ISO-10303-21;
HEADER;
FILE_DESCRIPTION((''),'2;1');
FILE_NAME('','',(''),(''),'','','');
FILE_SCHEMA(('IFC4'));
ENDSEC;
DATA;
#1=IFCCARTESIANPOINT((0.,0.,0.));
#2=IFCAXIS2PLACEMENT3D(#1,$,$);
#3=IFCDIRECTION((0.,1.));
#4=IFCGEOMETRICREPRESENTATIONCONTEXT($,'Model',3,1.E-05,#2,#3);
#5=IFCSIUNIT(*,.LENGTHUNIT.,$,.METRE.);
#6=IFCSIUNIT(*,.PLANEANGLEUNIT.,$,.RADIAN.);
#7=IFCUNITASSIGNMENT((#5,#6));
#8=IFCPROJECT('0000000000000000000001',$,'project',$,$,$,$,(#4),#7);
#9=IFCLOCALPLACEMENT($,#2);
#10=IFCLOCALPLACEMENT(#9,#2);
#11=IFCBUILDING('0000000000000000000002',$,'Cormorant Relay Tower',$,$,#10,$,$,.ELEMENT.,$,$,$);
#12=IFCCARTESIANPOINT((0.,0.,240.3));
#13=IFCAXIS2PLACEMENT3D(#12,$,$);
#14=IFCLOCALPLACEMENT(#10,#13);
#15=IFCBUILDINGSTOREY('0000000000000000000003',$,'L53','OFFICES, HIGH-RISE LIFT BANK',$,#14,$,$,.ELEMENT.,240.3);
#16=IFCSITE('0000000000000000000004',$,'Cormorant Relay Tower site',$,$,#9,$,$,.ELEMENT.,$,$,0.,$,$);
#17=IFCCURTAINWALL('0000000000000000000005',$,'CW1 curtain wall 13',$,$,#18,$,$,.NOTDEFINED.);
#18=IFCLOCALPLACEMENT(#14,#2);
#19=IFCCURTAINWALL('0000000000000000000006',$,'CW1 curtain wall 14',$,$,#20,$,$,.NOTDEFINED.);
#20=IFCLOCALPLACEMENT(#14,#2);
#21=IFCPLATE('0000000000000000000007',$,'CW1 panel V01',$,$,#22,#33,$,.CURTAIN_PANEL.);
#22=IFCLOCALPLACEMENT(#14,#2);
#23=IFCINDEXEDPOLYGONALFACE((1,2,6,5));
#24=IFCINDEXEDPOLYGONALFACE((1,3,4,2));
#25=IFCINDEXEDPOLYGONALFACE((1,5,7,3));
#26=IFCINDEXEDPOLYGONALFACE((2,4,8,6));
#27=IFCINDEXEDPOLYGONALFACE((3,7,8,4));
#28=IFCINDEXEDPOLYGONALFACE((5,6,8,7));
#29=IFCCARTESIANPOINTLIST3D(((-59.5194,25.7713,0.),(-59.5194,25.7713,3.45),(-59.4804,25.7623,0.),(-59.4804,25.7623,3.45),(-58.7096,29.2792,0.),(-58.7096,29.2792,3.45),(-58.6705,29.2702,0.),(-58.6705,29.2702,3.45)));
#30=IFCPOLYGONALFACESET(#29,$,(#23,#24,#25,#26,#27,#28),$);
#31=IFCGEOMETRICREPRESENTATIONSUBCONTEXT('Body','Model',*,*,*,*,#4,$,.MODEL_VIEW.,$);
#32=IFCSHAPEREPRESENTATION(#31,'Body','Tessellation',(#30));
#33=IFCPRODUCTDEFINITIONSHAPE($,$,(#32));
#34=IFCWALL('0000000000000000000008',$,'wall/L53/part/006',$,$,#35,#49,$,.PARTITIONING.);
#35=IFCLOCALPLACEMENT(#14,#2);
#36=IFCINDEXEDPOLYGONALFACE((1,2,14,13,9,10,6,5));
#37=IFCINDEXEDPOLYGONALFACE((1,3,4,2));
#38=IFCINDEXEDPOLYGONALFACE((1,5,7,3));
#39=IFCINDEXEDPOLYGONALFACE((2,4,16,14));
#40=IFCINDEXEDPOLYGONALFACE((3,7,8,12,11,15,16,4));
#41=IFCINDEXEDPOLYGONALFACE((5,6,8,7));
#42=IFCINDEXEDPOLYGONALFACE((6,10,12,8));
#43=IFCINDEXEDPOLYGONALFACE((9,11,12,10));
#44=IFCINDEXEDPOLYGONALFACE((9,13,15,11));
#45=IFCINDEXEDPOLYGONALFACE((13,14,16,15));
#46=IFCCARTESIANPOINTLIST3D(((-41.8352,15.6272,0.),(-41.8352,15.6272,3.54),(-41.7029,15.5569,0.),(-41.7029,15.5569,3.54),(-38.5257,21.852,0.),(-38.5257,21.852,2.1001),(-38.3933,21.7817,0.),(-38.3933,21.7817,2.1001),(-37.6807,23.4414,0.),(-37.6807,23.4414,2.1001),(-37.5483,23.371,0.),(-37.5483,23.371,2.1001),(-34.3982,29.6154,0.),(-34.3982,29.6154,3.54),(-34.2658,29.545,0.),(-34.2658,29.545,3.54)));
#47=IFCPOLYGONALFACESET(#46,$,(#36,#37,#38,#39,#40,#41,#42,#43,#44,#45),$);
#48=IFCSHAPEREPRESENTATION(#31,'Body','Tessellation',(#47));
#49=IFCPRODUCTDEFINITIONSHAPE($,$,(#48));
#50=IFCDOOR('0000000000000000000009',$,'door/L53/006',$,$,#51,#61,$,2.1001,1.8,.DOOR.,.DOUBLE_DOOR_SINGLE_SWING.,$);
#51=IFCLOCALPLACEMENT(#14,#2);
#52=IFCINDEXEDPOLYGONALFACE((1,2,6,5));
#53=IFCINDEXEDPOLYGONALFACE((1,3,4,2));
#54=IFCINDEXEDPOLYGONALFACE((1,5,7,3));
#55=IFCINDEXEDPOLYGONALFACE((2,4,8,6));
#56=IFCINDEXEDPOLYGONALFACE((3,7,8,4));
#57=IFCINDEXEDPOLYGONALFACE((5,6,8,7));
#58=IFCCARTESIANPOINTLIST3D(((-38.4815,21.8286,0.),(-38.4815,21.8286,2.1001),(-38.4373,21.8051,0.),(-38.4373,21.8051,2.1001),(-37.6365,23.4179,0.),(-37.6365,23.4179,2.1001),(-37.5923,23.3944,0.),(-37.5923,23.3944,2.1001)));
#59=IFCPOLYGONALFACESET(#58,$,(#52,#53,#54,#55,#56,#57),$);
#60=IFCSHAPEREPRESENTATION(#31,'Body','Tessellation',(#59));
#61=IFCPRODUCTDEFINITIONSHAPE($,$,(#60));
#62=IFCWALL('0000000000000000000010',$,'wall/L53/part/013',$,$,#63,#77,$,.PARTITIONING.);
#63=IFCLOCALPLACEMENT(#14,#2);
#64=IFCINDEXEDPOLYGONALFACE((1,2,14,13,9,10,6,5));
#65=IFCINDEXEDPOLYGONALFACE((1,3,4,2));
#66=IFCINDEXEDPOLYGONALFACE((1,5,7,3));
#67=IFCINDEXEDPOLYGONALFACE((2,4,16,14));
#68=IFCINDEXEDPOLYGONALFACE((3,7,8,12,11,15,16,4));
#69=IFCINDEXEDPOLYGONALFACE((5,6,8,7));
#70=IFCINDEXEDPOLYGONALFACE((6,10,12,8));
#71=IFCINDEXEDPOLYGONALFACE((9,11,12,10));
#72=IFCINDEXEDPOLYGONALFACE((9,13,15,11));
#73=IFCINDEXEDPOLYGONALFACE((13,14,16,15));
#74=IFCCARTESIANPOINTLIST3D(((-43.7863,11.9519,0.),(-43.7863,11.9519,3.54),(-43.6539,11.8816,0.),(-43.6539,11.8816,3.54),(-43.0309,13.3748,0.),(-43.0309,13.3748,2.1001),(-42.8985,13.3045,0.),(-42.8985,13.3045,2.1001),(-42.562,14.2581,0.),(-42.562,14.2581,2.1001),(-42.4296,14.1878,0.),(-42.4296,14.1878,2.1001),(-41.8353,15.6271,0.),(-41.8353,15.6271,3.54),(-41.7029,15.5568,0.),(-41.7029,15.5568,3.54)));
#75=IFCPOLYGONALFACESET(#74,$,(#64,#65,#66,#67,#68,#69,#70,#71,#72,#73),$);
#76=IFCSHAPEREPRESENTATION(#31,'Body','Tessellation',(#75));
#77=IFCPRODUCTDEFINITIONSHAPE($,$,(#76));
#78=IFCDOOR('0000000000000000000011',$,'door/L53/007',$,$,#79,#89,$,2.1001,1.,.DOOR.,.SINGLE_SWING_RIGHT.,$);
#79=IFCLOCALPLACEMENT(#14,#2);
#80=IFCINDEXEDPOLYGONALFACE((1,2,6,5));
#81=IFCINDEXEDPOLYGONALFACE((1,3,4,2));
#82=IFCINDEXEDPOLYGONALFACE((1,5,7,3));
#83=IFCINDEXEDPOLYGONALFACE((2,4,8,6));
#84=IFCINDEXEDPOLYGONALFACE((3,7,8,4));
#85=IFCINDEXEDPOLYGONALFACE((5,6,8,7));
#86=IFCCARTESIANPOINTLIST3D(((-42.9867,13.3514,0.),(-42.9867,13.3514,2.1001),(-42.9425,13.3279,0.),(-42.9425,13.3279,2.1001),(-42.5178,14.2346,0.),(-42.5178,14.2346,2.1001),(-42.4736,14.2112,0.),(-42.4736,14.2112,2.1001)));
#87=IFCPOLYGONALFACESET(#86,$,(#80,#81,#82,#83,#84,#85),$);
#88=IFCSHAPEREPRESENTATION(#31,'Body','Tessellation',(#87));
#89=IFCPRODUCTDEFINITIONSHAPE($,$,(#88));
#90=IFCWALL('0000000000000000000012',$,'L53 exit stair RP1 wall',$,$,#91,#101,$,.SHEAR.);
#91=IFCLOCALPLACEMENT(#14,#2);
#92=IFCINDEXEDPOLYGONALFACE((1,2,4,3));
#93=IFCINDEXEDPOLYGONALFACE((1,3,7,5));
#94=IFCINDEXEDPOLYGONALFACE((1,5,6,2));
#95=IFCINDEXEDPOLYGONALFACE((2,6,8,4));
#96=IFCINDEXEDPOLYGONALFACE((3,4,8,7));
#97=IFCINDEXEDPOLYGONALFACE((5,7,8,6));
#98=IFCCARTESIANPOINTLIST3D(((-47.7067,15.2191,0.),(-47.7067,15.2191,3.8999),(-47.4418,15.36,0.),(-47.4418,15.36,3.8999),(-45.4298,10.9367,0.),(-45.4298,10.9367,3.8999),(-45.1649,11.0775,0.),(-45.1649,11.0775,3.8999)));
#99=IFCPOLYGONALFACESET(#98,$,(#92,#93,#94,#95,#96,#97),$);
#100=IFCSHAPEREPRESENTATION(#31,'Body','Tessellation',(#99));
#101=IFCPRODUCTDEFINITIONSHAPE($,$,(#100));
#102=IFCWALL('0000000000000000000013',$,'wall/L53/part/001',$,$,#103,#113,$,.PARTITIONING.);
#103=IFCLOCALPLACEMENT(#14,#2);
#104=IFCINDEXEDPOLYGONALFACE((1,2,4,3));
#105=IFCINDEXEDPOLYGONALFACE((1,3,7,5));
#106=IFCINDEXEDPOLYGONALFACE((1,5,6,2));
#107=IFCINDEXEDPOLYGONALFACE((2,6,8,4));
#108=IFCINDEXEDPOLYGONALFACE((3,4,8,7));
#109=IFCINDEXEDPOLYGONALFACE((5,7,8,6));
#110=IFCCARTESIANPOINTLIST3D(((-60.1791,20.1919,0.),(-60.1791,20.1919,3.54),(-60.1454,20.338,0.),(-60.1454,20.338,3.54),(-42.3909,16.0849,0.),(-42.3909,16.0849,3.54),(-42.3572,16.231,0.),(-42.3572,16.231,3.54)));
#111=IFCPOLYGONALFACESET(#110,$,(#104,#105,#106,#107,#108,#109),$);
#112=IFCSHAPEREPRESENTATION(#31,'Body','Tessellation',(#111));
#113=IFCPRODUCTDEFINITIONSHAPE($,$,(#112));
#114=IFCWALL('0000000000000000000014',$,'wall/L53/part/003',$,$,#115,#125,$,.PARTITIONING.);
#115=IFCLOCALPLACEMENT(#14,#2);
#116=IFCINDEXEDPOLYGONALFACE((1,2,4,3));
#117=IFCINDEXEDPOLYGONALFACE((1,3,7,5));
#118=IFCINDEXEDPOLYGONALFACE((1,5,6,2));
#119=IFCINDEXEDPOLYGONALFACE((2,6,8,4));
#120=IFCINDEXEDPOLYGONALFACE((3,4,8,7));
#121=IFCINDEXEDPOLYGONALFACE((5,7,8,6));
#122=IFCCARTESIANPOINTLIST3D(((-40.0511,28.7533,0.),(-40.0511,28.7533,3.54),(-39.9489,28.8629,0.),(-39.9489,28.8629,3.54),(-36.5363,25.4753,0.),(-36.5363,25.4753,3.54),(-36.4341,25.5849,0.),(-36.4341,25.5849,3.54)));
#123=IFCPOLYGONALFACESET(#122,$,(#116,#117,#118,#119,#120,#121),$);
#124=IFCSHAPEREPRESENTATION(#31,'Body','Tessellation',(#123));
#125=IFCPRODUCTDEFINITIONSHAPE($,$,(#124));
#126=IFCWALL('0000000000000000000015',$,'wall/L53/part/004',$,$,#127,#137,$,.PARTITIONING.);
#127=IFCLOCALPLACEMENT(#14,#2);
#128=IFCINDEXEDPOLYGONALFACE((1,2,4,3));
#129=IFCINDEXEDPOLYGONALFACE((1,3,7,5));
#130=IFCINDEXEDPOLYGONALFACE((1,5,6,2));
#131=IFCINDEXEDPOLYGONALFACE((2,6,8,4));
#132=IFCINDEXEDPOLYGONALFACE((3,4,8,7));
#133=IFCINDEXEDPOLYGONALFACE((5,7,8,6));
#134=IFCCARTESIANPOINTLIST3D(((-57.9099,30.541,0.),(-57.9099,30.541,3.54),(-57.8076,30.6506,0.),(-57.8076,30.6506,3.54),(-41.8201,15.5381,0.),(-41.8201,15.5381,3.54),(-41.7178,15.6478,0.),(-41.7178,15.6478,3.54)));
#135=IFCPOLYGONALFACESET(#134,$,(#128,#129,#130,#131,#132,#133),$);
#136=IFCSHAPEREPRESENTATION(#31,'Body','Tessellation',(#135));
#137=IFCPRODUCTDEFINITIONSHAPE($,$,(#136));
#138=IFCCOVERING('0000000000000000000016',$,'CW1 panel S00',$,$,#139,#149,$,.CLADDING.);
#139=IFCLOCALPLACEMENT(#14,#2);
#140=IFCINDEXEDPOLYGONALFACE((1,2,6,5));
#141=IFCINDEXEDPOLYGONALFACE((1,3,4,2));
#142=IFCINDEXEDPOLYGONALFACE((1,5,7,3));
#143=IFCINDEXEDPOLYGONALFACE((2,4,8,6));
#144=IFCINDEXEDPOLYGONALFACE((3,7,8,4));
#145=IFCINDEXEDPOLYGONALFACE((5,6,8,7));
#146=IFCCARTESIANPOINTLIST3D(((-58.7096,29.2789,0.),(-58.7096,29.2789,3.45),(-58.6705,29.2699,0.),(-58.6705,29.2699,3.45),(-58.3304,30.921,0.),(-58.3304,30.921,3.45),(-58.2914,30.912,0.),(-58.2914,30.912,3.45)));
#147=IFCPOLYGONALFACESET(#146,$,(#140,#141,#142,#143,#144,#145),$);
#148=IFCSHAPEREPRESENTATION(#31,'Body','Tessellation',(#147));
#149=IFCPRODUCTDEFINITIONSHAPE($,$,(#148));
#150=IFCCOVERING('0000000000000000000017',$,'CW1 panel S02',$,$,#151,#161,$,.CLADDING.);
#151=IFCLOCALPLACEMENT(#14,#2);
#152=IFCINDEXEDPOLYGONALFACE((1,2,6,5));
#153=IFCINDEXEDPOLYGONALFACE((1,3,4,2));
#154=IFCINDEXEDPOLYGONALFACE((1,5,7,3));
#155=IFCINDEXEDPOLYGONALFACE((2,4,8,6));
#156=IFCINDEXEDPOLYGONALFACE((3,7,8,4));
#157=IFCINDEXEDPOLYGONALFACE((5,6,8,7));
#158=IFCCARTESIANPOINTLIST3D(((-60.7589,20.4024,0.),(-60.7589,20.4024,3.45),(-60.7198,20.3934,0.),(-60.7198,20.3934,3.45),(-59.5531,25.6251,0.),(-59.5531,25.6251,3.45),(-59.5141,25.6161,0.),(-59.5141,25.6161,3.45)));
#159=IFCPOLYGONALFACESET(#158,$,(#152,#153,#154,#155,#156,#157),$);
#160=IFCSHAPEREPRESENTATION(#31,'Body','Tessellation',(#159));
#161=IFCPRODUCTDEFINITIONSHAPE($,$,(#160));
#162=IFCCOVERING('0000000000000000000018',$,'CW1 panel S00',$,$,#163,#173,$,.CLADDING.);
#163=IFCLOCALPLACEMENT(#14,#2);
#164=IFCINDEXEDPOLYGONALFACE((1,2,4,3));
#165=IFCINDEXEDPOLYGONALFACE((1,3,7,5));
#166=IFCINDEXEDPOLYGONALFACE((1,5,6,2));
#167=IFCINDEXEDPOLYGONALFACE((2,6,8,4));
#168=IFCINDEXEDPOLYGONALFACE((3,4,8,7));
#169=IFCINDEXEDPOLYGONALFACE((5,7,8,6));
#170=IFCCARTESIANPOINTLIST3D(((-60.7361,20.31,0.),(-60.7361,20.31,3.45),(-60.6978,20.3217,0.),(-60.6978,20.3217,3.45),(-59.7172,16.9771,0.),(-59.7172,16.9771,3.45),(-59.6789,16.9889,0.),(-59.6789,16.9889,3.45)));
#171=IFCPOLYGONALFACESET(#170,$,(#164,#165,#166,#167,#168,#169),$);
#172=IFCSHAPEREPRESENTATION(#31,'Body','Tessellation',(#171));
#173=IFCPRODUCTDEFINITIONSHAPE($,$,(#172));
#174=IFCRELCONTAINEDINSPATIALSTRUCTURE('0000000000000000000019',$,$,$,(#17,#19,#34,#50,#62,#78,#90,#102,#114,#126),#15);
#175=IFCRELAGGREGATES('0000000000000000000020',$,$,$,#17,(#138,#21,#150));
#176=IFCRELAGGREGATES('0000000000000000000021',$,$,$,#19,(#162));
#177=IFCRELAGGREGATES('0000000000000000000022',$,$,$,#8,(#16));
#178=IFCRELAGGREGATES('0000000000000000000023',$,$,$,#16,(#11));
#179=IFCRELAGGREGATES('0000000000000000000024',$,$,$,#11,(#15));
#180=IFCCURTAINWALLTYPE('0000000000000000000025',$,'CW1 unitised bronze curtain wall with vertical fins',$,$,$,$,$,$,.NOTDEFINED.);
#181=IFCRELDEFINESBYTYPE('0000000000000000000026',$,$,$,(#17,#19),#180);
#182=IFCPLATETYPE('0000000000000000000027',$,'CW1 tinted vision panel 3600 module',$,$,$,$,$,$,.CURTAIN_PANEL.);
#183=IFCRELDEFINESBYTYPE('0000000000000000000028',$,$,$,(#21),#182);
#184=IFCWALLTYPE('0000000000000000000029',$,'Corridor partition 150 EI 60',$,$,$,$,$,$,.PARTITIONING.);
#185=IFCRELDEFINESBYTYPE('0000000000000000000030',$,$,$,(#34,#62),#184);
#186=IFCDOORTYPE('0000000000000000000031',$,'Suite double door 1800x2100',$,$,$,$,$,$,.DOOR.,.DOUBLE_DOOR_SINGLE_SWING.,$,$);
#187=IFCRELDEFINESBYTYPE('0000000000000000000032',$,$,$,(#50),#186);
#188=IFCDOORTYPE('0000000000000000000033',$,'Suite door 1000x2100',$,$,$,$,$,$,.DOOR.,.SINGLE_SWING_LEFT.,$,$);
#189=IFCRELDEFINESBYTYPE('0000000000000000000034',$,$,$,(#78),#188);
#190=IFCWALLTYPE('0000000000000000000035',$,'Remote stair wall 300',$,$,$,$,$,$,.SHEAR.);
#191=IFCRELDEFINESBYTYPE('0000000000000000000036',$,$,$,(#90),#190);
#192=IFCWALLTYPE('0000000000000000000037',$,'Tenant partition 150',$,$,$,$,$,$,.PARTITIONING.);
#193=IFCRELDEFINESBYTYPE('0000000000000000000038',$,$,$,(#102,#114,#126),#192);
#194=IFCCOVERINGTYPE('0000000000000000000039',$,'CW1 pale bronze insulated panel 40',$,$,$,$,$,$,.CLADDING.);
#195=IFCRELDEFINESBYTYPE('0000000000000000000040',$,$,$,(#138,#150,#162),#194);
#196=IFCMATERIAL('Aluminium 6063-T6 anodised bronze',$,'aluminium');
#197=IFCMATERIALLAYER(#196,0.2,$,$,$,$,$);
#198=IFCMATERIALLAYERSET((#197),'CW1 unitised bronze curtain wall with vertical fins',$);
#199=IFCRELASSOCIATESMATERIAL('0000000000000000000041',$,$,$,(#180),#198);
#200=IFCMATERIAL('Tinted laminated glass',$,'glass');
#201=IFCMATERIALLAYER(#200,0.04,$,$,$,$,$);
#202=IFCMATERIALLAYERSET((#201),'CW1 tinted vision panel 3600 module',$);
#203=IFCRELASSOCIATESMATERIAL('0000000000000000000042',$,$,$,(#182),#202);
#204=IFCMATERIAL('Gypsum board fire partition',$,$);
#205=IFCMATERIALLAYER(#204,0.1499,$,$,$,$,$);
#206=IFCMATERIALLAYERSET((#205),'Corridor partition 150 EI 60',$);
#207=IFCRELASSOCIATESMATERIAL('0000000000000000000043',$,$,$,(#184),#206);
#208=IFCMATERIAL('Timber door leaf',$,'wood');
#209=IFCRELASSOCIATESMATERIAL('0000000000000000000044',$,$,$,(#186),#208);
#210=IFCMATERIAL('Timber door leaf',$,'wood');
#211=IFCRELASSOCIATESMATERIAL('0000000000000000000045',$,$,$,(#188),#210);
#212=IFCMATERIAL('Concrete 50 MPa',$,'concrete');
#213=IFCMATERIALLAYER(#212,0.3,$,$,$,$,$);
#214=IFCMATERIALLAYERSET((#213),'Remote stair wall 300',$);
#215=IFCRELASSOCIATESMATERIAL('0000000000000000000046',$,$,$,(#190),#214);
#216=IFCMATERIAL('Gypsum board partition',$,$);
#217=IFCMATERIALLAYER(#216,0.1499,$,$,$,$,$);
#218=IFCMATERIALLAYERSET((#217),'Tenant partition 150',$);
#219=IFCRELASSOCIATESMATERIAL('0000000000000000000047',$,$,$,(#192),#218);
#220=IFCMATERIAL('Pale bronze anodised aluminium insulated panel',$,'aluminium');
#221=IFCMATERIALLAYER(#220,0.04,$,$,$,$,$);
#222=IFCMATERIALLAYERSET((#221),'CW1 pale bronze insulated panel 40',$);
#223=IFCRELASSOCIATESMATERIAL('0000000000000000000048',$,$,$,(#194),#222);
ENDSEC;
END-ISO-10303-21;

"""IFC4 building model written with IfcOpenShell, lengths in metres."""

from ifc_helpers import new_model, si_unit, direction, frame, frame_2d, origin, origin_2d, place, context, subcontext, project, spatial, rectangle, extrude, material, layer, layer_set, type_object, element, fill, aggregate, save


model = new_model("IFC4")

# Units and contexts
model_context = context("Model", 3, precision=1e-05, world=origin(), true_north=direction((0.0, 1.0)))
body_context = subcontext(model_context, "Body", "Model", "MODEL_VIEW")
ifc_project = project(units=[si_unit("LENGTHUNIT", "METRE"), si_unit("PLANEANGLEUNIT", "RADIAN")], contexts=[model_context])

# Site, building, storey
site_placement = place(None, origin())
site = spatial("IfcSite", under=ifc_project, at=site_placement, Name="Cormorant Relay Tower site", CompositionType="ELEMENT", RefElevation=0.0)
building_placement = place(site_placement, origin())
building = spatial("IfcBuilding", under=site, at=building_placement, Name="Cormorant Relay Tower", CompositionType="ELEMENT")
storey_placement = place(building_placement, frame((0.0, 0.0, 240.3)))
storey = spatial("IfcBuildingStorey", under=building, at=storey_placement, Name="L53", Description="OFFICES, HIGH-RISE LIFT BANK", CompositionType="ELEMENT", Elevation=240.3)

# Curtain wall
ifc_material_1 = material(Name="Aluminium 6063-T6 anodised bronze", Category="aluminium")
ifc_layer_1 = layer(ifc_material_1, 0.2)
ifc_layer_set_1 = layer_set([ifc_layer_1], Name="CW1 unitised bronze curtain wall with vertical fins")
curtain_wall_type = type_object("IfcCurtainWallType", Name="CW1 unitised bronze curtain wall with vertical fins", PredefinedType="NOTDEFINED", material=ifc_layer_set_1)
curtain_wall_1_placement = place(storey_placement, origin())
curtain_wall_1 = element("IfcCurtainWall", 1, at=curtain_wall_1_placement, inside=storey, type_object=curtain_wall_type, Name="CW1 curtain wall 13", PredefinedType="NOTDEFINED")

# Curtain wall
curtain_wall_2_placement = place(storey_placement, origin())
curtain_wall_2 = element("IfcCurtainWall", 2, at=curtain_wall_2_placement, inside=storey, type_object=curtain_wall_type, Name="CW1 curtain wall 14", PredefinedType="NOTDEFINED")

# Plate
ifc_material_2 = material(Name="Tinted laminated glass", Category="glass")
ifc_layer_2 = layer(ifc_material_2, 0.04)
ifc_layer_set_2 = layer_set([ifc_layer_2], Name="CW1 tinted vision panel 3600 module")
plate_type_1 = type_object("IfcPlateType", Name="CW1 tinted vision panel 3600 module", PredefinedType="CURTAIN_PANEL", material=ifc_layer_set_2)
plate_1_placement = place(storey_placement, frame((-59.095, 27.5208, 0.0), z_axis=(0.0, 0.0, 1.0), x_axis=(-0.224951, -0.97437, 0.0)))
plate_1 = element("IfcPlate", 3, at=plate_1_placement, type_object=plate_type_1, Name="CW1 panel V01", PredefinedType="CURTAIN_PANEL", context=body_context, shape_type="SweptSolid", body=[
    extrude(rectangle(XDim=3.6001, YDim=0.04, at=origin_2d()), origin(), (0.0, 0.0, 1.0), 3.45),
])

# Walls, openings, doors
ifc_material_3 = material(Name="Gypsum board fire partition")
ifc_layer_3 = layer(ifc_material_3, 0.1499)
ifc_layer_set_3 = layer_set([ifc_layer_3], Name="Corridor partition 150 EI 60")
wall_type_1 = type_object("IfcWallType", Name="Corridor partition 150 EI 60", PredefinedType="PARTITIONING", material=ifc_layer_set_3)
wall_1_placement = place(storey_placement, frame((-41.769, 15.592, 0.0), z_axis=(0.0, 0.0, 1.0), x_axis=(0.469444, 0.882962, 0.0)))
wall_1 = element("IfcWall", 4, at=wall_1_placement, inside=storey, type_object=wall_type_1, Name="wall/L53/part/006", PredefinedType="PARTITIONING", context=body_context, shape_type="SweptSolid", body=[
    extrude(rectangle(XDim=15.8423, YDim=0.1499, at=frame_2d((7.9211, 0.0))), origin(), (0.0, 0.0, 1.0), 3.54),
])
opening_1_placement = place(wall_1_placement, frame((7.05, 0.0, 0.0)))
opening_1 = element("IfcOpeningElement", 5, at=opening_1_placement, cuts=wall_1, PredefinedType="OPENING", context=body_context, shape_type="SweptSolid", body=[
    extrude(rectangle(XDim=1.8, YDim=2.1001, at=frame_2d((0.8999, 1.05))), frame((0.0, 0.085, 0.0), z_axis=(0.0, -1.0, 0.0), x_axis=(1.0, 0.0, 0.0)), (0.0, 0.0, 1.0), 0.1699),
])
ifc_material_4 = material(Name="Timber door leaf", Category="wood")
door_type_1 = type_object("IfcDoorType", Name="Suite double door 1800x2100", OperationType="DOUBLE_DOOR_SINGLE_SWING", PredefinedType="DOOR", material=ifc_material_4)
door_1_placement = place(opening_1_placement, origin())
door_1 = element("IfcDoor", 6, at=door_1_placement, inside=storey, type_object=door_type_1, Name="door/L53/006", OperationType="DOUBLE_DOOR_SINGLE_SWING", OverallHeight=2.1001, OverallWidth=1.8, PredefinedType="DOOR", context=body_context, shape_type="SweptSolid", body=[
    extrude(rectangle(XDim=1.8, YDim=2.1001, at=frame_2d((0.8999, 1.05))), frame((0.0, 0.0249, 0.0), z_axis=(0.0, -1.0, 0.0), x_axis=(1.0, 0.0, 0.0)), (0.0, 0.0, 1.0), 0.05),
])
fill(opening_1, door_1)
wall_2_placement = place(storey_placement, frame((-41.769, 15.592, 0.0), z_axis=(0.0, 0.0, 1.0), x_axis=(-0.468885, -0.883259, 0.0)))
wall_2 = element("IfcWall", 7, at=wall_2_placement, inside=storey, type_object=wall_type_1, Name="wall/L53/part/013", PredefinedType="PARTITIONING", context=body_context, shape_type="SweptSolid", body=[
    extrude(rectangle(XDim=4.1609, YDim=0.1499, at=frame_2d((2.0806, 0.0))), origin(), (0.0, 0.0, 1.0), 3.54),
])
opening_2_placement = place(wall_2_placement, frame((1.55, 0.0, 0.0)))
opening_2 = element("IfcOpeningElement", 8, at=opening_2_placement, cuts=wall_2, PredefinedType="OPENING", context=body_context, shape_type="SweptSolid", body=[
    extrude(rectangle(XDim=1.0, YDim=2.1001, at=frame_2d((0.5, 1.05))), frame((0.0, 0.085, 0.0), z_axis=(0.0, -1.0, 0.0), x_axis=(1.0, 0.0, 0.0)), (0.0, 0.0, 1.0), 0.1699),
])
ifc_material_5 = material(Name="Timber door leaf", Category="wood")
door_type_2 = type_object("IfcDoorType", Name="Suite door 1000x2100", OperationType="SINGLE_SWING_LEFT", PredefinedType="DOOR", material=ifc_material_5)
door_2_placement = place(opening_2_placement, frame((1.0, 0.0, 0.0), z_axis=(0.0, 0.0, 1.0), x_axis=(-1.0, 0.0, 0.0)))
door_2 = element("IfcDoor", 9, at=door_2_placement, inside=storey, type_object=door_type_2, Name="door/L53/007", OperationType="SINGLE_SWING_RIGHT", OverallHeight=2.1001, OverallWidth=1.0, PredefinedType="DOOR", context=body_context, shape_type="SweptSolid", body=[
    extrude(rectangle(XDim=1.0, YDim=2.1001, at=frame_2d((0.5, 1.05))), frame((0.0, 0.0249, 0.0), z_axis=(0.0, -1.0, 0.0), x_axis=(1.0, 0.0, 0.0)), (0.0, 0.0, 1.0), 0.05),
])
fill(opening_2, door_2)

# Walls
ifc_material_6 = material(Name="Concrete 50 MPa", Category="concrete")
ifc_layer_4 = layer(ifc_material_6, 0.3)
ifc_layer_set_4 = layer_set([ifc_layer_4], Name="Remote stair wall 300")
wall_type_2 = type_object("IfcWallType", Name="Remote stair wall 300", PredefinedType="SHEAR", material=ifc_layer_set_4)
wall_3_placement = place(storey_placement, frame((-47.5742, 15.2896, 0.0), z_axis=(0.0, 0.0, 1.0), x_axis=(0.469443, -0.882963, 0.0)))
element("IfcWall", 10, at=wall_3_placement, inside=storey, type_object=wall_type_2, Name="L53 exit stair RP1 wall", PredefinedType="SHEAR", context=body_context, shape_type="SweptSolid", body=[
    extrude(rectangle(XDim=4.8501, YDim=0.3, at=frame_2d((2.425, 0.0))), origin(), (0.0, 0.0, 1.0), 3.8999),
])
ifc_material_7 = material(Name="Gypsum board partition")
ifc_layer_5 = layer(ifc_material_7, 0.1499)
ifc_layer_set_5 = layer_set([ifc_layer_5], Name="Tenant partition 150")
wall_type_3 = type_object("IfcWallType", Name="Tenant partition 150", PredefinedType="PARTITIONING", material=ifc_layer_set_5)
wall_4_placement = place(storey_placement, frame((-60.1621, 20.2649, 0.0), z_axis=(0.0, 0.0, 1.0), x_axis=(0.974367, -0.224963, 0.0)))
element("IfcWall", 11, at=wall_4_placement, inside=storey, type_object=wall_type_3, Name="wall/L53/part/001", PredefinedType="PARTITIONING", context=body_context, shape_type="SweptSolid", body=[
    extrude(rectangle(XDim=18.2561, YDim=0.1499, at=frame_2d((9.1279, 0.0))), origin(), (0.0, 0.0, 1.0), 3.54),
])
wall_5_placement = place(storey_placement, frame((-40.0, 28.8081, 0.0), z_axis=(0.0, 0.0, 1.0), x_axis=(0.731314, -0.682041, 0.0)))
element("IfcWall", 12, at=wall_5_placement, inside=storey, type_object=wall_type_3, Name="wall/L53/part/003", PredefinedType="PARTITIONING", context=body_context, shape_type="SweptSolid", body=[
    extrude(rectangle(XDim=4.8062, YDim=0.1499, at=frame_2d((2.4031, 0.0))), origin(), (0.0, 0.0, 1.0), 3.54),
])
wall_6_placement = place(storey_placement, frame((-41.769, 15.593, 0.0), z_axis=(0.0, 0.0, 1.0), x_axis=(-0.731378, 0.681972, 0.0)))
element("IfcWall", 13, at=wall_6_placement, inside=storey, type_object=wall_type_3, Name="wall/L53/part/004", PredefinedType="PARTITIONING", context=body_context, shape_type="SweptSolid", body=[
    extrude(rectangle(XDim=21.9993, YDim=0.1499, at=frame_2d((10.9995, 0.0))), origin(), (0.0, 0.0, 1.0), 3.54),
])

# Coverings
ifc_material_8 = material(Name="Pale bronze anodised aluminium insulated panel", Category="aluminium")
ifc_layer_6 = layer(ifc_material_8, 0.04)
ifc_layer_set_6 = layer_set([ifc_layer_6], Name="CW1 pale bronze insulated panel 40")
covering_type = type_object("IfcCoveringType", Name="CW1 pale bronze insulated panel 40", PredefinedType="CLADDING", material=ifc_layer_set_6)
covering_1_placement = place(storey_placement, frame((-58.5005, 30.0955, 0.0), z_axis=(0.0, 0.0, 1.0), x_axis=(-0.224951, -0.97437, 0.0)))
covering_1 = element("IfcCovering", 14, at=covering_1_placement, type_object=covering_type, Name="CW1 panel S00", PredefinedType="CLADDING", context=body_context, shape_type="SweptSolid", body=[
    extrude(rectangle(XDim=1.6853, YDim=0.04, at=origin_2d()), origin(), (0.0, 0.0, 1.0), 3.45),
])
covering_2_placement = place(storey_placement, frame((-60.1365, 23.0093, 0.0), z_axis=(0.0, 0.0, 1.0), x_axis=(-0.224951, -0.97437, 0.0)))
covering_2 = element("IfcCovering", 15, at=covering_2_placement, type_object=covering_type, Name="CW1 panel S02", PredefinedType="CLADDING", context=body_context, shape_type="SweptSolid", body=[
    extrude(rectangle(XDim=5.3601, YDim=0.04, at=origin_2d()), origin(), (0.0, 0.0, 1.0), 3.45),
])
aggregate(curtain_wall_1, [covering_1, plate_1, covering_2])
covering_3_placement = place(storey_placement, frame((-60.2075, 18.6494, 0.0), z_axis=(0.0, 0.0, 1.0), x_axis=(0.292372, -0.956305, 0.0)))
covering_3 = element("IfcCovering", 16, at=covering_3_placement, type_object=covering_type, Name="CW1 panel S00", PredefinedType="CLADDING", context=body_context, shape_type="SweptSolid", body=[
    extrude(rectangle(XDim=3.4851, YDim=0.04, at=origin_2d()), origin(), (0.0, 0.0, 1.0), 3.45),
])
aggregate(curtain_wall_2, [covering_3])

save(model, "model.ifc")
